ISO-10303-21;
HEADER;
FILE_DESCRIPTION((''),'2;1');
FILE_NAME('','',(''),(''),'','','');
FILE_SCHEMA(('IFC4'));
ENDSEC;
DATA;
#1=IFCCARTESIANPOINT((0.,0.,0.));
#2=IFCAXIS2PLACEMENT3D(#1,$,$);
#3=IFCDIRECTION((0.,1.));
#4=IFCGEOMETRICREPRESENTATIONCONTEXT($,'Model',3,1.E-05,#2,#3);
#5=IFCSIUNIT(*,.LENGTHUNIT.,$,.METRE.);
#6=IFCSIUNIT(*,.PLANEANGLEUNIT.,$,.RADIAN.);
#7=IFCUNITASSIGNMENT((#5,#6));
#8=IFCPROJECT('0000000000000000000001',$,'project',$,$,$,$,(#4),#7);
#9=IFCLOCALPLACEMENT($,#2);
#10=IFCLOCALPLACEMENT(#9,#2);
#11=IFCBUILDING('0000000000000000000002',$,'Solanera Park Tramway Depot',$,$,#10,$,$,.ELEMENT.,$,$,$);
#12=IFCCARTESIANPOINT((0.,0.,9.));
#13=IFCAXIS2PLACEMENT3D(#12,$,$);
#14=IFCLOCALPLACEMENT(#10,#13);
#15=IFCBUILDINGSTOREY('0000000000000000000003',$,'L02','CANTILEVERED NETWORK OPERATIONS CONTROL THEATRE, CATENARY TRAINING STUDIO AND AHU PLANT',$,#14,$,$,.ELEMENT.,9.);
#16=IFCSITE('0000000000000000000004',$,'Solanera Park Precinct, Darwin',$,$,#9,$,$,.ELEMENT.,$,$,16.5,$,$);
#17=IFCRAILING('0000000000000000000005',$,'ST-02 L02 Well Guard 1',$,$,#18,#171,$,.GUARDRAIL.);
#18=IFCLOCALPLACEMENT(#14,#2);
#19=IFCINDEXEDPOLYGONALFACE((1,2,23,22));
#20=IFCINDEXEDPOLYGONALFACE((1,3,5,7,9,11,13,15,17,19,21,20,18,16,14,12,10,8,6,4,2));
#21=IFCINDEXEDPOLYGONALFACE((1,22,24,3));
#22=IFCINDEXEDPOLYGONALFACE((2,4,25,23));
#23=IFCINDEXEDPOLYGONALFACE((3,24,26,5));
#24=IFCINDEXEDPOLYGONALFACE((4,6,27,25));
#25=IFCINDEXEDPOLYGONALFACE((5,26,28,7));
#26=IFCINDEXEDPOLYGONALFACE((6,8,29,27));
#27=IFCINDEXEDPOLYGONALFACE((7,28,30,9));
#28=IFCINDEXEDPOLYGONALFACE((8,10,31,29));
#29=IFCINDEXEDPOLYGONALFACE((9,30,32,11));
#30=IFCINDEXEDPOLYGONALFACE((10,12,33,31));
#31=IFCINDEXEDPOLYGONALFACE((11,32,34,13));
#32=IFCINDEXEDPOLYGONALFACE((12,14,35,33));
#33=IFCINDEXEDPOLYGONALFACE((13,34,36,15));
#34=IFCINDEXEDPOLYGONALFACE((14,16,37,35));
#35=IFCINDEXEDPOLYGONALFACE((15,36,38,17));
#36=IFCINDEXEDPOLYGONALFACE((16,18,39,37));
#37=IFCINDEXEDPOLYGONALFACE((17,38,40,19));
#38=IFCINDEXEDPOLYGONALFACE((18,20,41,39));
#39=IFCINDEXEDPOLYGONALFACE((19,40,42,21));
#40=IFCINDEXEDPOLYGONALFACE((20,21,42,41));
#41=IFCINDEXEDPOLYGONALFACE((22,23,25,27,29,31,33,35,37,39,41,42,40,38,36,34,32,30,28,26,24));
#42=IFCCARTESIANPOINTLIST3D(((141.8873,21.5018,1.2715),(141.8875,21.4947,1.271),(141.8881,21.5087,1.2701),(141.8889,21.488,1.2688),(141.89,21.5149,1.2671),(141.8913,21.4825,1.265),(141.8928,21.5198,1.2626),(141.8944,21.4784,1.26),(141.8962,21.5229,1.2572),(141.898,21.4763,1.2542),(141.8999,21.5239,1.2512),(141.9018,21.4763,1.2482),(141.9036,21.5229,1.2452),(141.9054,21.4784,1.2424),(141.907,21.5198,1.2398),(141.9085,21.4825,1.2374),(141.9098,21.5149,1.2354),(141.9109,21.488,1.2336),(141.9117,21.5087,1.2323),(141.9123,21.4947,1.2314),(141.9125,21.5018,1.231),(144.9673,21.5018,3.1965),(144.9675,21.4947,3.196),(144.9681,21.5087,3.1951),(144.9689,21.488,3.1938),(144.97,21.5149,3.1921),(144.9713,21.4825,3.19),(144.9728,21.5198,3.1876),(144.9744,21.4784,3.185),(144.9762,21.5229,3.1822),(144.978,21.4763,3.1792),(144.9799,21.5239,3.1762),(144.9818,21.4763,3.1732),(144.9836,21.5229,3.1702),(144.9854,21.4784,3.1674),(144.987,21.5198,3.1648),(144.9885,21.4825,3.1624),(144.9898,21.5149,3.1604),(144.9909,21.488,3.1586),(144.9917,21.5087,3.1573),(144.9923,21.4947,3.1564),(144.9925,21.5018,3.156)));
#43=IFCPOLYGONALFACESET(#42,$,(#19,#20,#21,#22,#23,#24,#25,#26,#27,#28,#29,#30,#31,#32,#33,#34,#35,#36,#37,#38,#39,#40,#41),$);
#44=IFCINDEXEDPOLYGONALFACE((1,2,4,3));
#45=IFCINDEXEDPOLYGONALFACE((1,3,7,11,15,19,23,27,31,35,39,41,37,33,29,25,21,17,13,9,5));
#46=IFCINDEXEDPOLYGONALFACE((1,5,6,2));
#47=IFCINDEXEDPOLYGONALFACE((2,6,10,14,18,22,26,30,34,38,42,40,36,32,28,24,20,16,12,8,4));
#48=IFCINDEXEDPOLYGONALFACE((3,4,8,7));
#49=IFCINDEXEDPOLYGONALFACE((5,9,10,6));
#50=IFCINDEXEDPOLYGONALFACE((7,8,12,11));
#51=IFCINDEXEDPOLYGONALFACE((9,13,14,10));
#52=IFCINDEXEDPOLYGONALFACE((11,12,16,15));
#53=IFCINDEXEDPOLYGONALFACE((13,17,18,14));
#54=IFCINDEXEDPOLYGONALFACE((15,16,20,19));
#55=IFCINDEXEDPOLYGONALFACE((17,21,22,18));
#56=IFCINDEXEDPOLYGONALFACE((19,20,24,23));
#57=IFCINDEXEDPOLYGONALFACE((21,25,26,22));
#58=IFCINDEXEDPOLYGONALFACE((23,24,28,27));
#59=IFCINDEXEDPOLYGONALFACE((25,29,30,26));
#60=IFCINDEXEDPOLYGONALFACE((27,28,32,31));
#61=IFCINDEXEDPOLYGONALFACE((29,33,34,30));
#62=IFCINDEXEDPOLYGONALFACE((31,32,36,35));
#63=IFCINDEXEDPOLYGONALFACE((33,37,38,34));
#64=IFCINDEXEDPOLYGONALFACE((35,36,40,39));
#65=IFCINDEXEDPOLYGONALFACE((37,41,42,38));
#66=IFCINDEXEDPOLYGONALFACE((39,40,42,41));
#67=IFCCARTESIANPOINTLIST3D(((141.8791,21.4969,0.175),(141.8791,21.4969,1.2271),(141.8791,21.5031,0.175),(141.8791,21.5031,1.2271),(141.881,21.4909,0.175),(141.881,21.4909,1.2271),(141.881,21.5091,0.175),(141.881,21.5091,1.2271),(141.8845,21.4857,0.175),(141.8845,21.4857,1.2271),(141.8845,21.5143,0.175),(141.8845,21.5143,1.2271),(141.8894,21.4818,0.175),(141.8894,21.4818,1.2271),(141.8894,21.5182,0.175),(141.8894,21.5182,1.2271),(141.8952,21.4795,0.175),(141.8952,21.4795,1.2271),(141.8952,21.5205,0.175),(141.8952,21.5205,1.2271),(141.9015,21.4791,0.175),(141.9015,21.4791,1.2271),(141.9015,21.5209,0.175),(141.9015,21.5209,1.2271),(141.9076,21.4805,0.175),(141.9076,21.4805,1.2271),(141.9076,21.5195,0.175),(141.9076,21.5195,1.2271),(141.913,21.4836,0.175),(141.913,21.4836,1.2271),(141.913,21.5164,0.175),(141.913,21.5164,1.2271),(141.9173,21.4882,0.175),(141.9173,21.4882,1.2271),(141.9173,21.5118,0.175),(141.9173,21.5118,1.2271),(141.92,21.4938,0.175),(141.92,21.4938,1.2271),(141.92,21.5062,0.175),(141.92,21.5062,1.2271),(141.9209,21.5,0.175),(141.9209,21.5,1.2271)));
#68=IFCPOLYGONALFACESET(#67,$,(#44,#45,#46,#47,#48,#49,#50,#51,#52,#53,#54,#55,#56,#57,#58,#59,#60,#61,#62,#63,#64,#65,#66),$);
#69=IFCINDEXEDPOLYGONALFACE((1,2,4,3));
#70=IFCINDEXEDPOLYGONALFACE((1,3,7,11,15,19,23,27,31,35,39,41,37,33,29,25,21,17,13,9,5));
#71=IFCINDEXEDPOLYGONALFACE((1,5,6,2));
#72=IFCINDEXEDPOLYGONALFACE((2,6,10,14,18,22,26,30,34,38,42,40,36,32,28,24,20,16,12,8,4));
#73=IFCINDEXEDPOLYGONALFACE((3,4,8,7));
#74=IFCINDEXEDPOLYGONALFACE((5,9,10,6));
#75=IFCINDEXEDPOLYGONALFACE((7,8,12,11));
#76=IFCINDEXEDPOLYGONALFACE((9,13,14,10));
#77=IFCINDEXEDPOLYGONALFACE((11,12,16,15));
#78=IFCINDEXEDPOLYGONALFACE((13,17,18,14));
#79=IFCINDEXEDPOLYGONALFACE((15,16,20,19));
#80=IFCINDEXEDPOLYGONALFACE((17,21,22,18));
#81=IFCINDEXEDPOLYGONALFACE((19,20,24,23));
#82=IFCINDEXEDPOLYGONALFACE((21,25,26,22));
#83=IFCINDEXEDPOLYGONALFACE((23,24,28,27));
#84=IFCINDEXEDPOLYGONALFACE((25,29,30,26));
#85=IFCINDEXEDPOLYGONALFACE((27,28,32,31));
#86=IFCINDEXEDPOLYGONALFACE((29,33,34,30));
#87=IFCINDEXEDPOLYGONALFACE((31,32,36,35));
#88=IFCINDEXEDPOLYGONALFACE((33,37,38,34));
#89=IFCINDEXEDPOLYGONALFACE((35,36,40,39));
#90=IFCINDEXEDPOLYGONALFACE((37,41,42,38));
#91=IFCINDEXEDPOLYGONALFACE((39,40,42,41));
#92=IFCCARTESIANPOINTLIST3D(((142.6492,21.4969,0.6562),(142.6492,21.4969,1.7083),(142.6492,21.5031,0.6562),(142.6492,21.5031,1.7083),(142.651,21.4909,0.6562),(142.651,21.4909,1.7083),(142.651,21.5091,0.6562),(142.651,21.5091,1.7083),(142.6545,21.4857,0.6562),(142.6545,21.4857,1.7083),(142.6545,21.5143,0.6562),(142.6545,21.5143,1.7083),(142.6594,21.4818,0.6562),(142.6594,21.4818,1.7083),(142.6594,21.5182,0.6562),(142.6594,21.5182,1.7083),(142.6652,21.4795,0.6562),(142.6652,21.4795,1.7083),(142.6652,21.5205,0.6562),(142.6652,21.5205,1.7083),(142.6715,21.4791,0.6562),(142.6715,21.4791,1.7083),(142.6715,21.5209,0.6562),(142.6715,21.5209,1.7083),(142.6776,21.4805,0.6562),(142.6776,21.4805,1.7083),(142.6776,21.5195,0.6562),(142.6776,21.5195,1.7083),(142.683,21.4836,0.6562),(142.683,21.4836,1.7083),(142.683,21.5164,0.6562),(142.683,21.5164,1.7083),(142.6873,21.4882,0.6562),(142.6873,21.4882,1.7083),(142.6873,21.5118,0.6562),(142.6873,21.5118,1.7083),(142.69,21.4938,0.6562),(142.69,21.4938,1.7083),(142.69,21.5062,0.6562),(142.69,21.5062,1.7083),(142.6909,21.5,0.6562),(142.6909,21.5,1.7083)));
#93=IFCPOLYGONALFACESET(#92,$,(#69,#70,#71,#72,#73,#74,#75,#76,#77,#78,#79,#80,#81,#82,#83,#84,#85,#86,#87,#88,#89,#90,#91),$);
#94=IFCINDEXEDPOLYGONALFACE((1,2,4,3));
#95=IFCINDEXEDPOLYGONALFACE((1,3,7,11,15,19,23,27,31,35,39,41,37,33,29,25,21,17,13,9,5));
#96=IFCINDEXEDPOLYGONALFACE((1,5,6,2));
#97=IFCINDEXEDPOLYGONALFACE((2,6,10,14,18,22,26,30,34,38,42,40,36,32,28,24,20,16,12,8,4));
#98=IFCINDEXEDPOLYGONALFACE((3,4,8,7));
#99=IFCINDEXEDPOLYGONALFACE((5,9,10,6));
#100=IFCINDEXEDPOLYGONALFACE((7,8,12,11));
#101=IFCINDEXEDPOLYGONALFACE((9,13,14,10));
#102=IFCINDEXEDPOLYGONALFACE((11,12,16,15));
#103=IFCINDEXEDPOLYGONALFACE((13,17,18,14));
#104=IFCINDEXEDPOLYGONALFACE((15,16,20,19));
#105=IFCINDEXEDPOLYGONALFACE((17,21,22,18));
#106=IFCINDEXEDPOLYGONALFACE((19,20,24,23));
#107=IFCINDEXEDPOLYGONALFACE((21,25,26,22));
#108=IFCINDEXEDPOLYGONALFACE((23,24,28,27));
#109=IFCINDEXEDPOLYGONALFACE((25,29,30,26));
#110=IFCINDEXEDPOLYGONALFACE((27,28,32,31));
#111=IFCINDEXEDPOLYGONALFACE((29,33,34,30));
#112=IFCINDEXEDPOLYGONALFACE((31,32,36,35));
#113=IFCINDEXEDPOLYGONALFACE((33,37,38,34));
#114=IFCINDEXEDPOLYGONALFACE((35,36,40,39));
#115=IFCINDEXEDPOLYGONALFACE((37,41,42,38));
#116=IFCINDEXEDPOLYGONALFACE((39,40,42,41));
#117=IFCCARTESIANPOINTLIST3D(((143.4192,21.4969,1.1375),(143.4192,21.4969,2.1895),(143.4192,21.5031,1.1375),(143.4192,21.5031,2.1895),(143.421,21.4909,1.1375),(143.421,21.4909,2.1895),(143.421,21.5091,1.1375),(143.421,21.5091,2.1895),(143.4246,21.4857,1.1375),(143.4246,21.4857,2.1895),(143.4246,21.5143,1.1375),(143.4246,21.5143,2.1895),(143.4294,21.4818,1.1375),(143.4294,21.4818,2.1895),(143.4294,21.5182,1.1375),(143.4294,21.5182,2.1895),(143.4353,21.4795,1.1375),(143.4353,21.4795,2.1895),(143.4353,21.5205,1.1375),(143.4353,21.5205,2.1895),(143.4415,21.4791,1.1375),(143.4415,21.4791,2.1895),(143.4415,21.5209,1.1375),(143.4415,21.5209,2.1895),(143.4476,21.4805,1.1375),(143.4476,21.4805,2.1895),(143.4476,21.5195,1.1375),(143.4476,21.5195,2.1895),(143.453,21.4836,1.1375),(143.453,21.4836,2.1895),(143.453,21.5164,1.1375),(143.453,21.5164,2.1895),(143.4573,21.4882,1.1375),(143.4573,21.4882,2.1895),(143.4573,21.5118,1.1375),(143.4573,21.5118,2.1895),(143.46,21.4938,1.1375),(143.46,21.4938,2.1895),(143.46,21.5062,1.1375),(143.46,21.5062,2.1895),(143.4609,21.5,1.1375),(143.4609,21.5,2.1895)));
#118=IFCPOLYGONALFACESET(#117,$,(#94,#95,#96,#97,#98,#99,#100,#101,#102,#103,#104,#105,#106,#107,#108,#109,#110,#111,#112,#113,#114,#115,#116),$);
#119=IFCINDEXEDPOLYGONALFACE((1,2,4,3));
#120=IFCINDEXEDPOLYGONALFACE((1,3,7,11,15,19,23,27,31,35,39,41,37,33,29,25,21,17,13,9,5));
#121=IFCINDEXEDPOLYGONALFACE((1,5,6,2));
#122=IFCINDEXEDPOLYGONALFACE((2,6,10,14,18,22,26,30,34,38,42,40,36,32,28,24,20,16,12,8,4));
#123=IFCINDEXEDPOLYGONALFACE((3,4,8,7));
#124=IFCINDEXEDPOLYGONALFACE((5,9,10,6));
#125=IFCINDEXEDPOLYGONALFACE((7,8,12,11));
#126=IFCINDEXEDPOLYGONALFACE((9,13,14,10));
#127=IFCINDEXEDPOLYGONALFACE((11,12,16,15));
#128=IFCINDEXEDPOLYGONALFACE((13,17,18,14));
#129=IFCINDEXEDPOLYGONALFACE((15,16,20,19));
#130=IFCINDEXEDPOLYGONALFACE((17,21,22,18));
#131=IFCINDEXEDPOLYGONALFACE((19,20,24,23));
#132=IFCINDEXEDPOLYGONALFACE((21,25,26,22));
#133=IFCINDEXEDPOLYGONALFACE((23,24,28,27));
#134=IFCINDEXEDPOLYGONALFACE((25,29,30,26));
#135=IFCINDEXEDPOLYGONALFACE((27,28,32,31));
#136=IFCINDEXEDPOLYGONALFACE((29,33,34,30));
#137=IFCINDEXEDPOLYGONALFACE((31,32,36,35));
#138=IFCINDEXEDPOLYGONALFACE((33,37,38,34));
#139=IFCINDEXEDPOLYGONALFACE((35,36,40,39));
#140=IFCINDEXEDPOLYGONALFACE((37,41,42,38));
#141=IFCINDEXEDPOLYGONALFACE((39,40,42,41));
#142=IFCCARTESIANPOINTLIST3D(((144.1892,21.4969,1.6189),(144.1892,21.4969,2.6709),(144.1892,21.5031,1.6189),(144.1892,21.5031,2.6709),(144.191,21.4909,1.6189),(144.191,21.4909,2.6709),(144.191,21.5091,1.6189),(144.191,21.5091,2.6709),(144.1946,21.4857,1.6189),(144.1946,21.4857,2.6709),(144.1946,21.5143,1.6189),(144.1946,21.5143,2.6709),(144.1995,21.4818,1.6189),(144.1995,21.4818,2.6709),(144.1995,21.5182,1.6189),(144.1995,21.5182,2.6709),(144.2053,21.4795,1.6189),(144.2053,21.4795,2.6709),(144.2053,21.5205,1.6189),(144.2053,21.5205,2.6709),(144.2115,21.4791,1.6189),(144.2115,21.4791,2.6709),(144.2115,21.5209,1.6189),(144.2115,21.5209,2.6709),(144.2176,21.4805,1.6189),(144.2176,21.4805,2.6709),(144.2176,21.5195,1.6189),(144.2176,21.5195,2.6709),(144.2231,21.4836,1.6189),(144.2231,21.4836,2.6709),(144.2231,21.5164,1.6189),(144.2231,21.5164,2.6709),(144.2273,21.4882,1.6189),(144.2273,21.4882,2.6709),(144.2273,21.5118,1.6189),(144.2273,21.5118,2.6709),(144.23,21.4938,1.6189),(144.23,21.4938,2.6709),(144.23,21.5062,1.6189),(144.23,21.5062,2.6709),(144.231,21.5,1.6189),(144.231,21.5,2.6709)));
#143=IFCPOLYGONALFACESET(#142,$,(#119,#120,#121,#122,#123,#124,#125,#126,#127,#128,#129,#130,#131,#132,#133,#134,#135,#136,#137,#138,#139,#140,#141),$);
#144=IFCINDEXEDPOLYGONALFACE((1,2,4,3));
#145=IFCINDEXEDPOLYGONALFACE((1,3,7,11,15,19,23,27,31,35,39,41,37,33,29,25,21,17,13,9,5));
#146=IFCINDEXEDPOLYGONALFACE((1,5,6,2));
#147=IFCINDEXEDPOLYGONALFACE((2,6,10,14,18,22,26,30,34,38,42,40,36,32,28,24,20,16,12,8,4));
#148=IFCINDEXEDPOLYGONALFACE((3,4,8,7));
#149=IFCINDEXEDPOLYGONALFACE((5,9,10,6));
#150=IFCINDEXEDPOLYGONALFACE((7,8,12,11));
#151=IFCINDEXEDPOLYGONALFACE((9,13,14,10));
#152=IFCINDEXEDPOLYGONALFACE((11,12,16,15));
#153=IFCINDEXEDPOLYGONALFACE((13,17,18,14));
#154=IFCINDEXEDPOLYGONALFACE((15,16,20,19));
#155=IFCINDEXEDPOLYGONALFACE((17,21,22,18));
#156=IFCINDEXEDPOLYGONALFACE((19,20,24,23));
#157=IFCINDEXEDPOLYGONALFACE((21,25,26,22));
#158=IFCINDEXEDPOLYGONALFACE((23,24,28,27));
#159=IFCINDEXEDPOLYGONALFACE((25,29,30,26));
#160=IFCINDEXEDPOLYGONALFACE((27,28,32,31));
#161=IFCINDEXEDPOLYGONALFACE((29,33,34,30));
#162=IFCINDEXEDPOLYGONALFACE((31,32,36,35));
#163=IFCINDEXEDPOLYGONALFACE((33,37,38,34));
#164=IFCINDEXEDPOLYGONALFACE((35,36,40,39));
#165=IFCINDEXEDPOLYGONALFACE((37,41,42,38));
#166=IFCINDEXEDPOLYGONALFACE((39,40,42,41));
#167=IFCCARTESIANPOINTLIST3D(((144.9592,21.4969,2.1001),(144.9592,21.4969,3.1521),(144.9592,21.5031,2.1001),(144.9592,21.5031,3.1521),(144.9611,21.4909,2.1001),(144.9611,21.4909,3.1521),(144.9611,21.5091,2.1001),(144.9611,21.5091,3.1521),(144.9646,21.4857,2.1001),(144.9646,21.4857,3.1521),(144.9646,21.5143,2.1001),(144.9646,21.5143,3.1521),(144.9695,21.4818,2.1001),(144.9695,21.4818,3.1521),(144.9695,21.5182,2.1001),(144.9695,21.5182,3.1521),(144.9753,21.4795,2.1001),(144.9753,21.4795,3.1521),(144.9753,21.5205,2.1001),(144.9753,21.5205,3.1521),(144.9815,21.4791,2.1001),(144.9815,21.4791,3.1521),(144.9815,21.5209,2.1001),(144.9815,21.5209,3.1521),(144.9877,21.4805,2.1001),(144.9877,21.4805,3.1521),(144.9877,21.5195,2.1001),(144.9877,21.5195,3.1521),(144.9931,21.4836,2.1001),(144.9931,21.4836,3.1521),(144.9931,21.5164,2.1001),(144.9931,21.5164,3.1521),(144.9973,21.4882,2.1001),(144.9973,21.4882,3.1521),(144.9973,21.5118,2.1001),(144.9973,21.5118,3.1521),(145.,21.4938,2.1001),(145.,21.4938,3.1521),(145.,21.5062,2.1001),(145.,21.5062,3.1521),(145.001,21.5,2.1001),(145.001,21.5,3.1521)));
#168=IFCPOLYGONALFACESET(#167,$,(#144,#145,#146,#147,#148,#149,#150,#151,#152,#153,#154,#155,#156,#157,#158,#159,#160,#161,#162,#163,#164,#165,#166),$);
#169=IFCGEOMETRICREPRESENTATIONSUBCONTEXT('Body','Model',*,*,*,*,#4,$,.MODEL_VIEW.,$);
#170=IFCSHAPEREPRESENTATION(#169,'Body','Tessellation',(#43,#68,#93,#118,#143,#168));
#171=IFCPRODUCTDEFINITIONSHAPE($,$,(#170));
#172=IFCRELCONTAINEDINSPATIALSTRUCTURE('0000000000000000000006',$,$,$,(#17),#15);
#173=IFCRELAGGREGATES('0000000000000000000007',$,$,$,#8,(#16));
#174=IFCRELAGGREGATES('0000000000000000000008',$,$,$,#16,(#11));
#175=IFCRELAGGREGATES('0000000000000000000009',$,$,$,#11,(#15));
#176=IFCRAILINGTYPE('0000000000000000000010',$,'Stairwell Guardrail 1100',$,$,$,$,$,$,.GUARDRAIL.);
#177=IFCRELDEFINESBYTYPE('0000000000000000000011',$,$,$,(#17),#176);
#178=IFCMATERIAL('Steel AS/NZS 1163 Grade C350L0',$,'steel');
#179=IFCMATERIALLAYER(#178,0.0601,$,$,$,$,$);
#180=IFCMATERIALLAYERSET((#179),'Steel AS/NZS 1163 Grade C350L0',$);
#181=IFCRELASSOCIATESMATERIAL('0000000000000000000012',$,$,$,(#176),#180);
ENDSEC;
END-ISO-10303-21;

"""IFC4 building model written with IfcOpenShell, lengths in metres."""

from ifc_helpers import new_model, si_unit, direction, frame, origin, origin_2d, place, context, subcontext, project, spatial, circle, extrude, material, layer, layer_set, type_object, element, save


model = new_model("IFC4")

# Units and contexts
model_context = context("Model", 3, precision=1e-05, world=origin(), true_north=direction((0.0, 1.0)))
body_context = subcontext(model_context, "Body", "Model", "MODEL_VIEW")
ifc_project = project(units=[si_unit("LENGTHUNIT", "METRE"), si_unit("PLANEANGLEUNIT", "RADIAN")], contexts=[model_context])

# Site, building, storey
site_placement = place(None, origin())
site = spatial("IfcSite", under=ifc_project, at=site_placement, Name="Solanera Park Precinct, Darwin", CompositionType="ELEMENT", RefElevation=16.5)
building_placement = place(site_placement, origin())
building = spatial("IfcBuilding", under=site, at=building_placement, Name="Solanera Park Tramway Depot", CompositionType="ELEMENT")
storey_placement = place(building_placement, frame((0.0, 0.0, 9.0)))
storey = spatial("IfcBuildingStorey", under=building, at=storey_placement, Name="L02", Description="CANTILEVERED NETWORK OPERATIONS CONTROL THEATRE, CATENARY TRAINING STUDIO AND AHU PLANT", CompositionType="ELEMENT", Elevation=9.0)

# Railing
ifc_material_1 = material(Name="Steel AS/NZS 1163 Grade C350L0", Category="steel")
ifc_layer_1 = layer(ifc_material_1, 0.0601)
ifc_layer_set_1 = layer_set([ifc_layer_1], Name="Steel AS/NZS 1163 Grade C350L0")
railing_type_1 = type_object("IfcRailingType", Name="Stairwell Guardrail 1100", PredefinedType="GUARDRAIL", material=ifc_layer_set_1)
railing_1_placement = place(storey_placement, frame((141.8999, 21.5, 0.175)))
element("IfcRailing", 1, at=railing_1_placement, inside=storey, type_object=railing_type_1, Name="ST-02 L02 Well Guard 1", PredefinedType="GUARDRAIL", context=body_context, shape_type="SweptSolid", body=[
    extrude(circle(Radius=0.0239, at=origin_2d()), frame((0.0, 0.0, 1.0762), z_axis=(0.847998, 0.0, 0.529999), x_axis=(0.0, 1.0, 0.0)), (0.0, 0.0, 1.0), 3.6321),
    extrude(circle(Radius=0.021, at=origin_2d()), origin(), (0.0, 0.0, 1.0), 1.052),
    extrude(circle(Radius=0.021, at=origin_2d()), frame((0.77, 0.0, 0.4812)), (0.0, 0.0, 1.0), 1.052),
    extrude(circle(Radius=0.021, at=origin_2d()), frame((1.54, 0.0, 0.9624)), (0.0, 0.0, 1.0), 1.052),
    extrude(circle(Radius=0.021, at=origin_2d()), frame((2.3101, 0.0, 1.4438)), (0.0, 0.0, 1.0), 1.052),
    extrude(circle(Radius=0.021, at=origin_2d()), frame((3.0801, 0.0, 1.925)), (0.0, 0.0, 1.0), 1.052),
])

save(model, "model.ifc")
